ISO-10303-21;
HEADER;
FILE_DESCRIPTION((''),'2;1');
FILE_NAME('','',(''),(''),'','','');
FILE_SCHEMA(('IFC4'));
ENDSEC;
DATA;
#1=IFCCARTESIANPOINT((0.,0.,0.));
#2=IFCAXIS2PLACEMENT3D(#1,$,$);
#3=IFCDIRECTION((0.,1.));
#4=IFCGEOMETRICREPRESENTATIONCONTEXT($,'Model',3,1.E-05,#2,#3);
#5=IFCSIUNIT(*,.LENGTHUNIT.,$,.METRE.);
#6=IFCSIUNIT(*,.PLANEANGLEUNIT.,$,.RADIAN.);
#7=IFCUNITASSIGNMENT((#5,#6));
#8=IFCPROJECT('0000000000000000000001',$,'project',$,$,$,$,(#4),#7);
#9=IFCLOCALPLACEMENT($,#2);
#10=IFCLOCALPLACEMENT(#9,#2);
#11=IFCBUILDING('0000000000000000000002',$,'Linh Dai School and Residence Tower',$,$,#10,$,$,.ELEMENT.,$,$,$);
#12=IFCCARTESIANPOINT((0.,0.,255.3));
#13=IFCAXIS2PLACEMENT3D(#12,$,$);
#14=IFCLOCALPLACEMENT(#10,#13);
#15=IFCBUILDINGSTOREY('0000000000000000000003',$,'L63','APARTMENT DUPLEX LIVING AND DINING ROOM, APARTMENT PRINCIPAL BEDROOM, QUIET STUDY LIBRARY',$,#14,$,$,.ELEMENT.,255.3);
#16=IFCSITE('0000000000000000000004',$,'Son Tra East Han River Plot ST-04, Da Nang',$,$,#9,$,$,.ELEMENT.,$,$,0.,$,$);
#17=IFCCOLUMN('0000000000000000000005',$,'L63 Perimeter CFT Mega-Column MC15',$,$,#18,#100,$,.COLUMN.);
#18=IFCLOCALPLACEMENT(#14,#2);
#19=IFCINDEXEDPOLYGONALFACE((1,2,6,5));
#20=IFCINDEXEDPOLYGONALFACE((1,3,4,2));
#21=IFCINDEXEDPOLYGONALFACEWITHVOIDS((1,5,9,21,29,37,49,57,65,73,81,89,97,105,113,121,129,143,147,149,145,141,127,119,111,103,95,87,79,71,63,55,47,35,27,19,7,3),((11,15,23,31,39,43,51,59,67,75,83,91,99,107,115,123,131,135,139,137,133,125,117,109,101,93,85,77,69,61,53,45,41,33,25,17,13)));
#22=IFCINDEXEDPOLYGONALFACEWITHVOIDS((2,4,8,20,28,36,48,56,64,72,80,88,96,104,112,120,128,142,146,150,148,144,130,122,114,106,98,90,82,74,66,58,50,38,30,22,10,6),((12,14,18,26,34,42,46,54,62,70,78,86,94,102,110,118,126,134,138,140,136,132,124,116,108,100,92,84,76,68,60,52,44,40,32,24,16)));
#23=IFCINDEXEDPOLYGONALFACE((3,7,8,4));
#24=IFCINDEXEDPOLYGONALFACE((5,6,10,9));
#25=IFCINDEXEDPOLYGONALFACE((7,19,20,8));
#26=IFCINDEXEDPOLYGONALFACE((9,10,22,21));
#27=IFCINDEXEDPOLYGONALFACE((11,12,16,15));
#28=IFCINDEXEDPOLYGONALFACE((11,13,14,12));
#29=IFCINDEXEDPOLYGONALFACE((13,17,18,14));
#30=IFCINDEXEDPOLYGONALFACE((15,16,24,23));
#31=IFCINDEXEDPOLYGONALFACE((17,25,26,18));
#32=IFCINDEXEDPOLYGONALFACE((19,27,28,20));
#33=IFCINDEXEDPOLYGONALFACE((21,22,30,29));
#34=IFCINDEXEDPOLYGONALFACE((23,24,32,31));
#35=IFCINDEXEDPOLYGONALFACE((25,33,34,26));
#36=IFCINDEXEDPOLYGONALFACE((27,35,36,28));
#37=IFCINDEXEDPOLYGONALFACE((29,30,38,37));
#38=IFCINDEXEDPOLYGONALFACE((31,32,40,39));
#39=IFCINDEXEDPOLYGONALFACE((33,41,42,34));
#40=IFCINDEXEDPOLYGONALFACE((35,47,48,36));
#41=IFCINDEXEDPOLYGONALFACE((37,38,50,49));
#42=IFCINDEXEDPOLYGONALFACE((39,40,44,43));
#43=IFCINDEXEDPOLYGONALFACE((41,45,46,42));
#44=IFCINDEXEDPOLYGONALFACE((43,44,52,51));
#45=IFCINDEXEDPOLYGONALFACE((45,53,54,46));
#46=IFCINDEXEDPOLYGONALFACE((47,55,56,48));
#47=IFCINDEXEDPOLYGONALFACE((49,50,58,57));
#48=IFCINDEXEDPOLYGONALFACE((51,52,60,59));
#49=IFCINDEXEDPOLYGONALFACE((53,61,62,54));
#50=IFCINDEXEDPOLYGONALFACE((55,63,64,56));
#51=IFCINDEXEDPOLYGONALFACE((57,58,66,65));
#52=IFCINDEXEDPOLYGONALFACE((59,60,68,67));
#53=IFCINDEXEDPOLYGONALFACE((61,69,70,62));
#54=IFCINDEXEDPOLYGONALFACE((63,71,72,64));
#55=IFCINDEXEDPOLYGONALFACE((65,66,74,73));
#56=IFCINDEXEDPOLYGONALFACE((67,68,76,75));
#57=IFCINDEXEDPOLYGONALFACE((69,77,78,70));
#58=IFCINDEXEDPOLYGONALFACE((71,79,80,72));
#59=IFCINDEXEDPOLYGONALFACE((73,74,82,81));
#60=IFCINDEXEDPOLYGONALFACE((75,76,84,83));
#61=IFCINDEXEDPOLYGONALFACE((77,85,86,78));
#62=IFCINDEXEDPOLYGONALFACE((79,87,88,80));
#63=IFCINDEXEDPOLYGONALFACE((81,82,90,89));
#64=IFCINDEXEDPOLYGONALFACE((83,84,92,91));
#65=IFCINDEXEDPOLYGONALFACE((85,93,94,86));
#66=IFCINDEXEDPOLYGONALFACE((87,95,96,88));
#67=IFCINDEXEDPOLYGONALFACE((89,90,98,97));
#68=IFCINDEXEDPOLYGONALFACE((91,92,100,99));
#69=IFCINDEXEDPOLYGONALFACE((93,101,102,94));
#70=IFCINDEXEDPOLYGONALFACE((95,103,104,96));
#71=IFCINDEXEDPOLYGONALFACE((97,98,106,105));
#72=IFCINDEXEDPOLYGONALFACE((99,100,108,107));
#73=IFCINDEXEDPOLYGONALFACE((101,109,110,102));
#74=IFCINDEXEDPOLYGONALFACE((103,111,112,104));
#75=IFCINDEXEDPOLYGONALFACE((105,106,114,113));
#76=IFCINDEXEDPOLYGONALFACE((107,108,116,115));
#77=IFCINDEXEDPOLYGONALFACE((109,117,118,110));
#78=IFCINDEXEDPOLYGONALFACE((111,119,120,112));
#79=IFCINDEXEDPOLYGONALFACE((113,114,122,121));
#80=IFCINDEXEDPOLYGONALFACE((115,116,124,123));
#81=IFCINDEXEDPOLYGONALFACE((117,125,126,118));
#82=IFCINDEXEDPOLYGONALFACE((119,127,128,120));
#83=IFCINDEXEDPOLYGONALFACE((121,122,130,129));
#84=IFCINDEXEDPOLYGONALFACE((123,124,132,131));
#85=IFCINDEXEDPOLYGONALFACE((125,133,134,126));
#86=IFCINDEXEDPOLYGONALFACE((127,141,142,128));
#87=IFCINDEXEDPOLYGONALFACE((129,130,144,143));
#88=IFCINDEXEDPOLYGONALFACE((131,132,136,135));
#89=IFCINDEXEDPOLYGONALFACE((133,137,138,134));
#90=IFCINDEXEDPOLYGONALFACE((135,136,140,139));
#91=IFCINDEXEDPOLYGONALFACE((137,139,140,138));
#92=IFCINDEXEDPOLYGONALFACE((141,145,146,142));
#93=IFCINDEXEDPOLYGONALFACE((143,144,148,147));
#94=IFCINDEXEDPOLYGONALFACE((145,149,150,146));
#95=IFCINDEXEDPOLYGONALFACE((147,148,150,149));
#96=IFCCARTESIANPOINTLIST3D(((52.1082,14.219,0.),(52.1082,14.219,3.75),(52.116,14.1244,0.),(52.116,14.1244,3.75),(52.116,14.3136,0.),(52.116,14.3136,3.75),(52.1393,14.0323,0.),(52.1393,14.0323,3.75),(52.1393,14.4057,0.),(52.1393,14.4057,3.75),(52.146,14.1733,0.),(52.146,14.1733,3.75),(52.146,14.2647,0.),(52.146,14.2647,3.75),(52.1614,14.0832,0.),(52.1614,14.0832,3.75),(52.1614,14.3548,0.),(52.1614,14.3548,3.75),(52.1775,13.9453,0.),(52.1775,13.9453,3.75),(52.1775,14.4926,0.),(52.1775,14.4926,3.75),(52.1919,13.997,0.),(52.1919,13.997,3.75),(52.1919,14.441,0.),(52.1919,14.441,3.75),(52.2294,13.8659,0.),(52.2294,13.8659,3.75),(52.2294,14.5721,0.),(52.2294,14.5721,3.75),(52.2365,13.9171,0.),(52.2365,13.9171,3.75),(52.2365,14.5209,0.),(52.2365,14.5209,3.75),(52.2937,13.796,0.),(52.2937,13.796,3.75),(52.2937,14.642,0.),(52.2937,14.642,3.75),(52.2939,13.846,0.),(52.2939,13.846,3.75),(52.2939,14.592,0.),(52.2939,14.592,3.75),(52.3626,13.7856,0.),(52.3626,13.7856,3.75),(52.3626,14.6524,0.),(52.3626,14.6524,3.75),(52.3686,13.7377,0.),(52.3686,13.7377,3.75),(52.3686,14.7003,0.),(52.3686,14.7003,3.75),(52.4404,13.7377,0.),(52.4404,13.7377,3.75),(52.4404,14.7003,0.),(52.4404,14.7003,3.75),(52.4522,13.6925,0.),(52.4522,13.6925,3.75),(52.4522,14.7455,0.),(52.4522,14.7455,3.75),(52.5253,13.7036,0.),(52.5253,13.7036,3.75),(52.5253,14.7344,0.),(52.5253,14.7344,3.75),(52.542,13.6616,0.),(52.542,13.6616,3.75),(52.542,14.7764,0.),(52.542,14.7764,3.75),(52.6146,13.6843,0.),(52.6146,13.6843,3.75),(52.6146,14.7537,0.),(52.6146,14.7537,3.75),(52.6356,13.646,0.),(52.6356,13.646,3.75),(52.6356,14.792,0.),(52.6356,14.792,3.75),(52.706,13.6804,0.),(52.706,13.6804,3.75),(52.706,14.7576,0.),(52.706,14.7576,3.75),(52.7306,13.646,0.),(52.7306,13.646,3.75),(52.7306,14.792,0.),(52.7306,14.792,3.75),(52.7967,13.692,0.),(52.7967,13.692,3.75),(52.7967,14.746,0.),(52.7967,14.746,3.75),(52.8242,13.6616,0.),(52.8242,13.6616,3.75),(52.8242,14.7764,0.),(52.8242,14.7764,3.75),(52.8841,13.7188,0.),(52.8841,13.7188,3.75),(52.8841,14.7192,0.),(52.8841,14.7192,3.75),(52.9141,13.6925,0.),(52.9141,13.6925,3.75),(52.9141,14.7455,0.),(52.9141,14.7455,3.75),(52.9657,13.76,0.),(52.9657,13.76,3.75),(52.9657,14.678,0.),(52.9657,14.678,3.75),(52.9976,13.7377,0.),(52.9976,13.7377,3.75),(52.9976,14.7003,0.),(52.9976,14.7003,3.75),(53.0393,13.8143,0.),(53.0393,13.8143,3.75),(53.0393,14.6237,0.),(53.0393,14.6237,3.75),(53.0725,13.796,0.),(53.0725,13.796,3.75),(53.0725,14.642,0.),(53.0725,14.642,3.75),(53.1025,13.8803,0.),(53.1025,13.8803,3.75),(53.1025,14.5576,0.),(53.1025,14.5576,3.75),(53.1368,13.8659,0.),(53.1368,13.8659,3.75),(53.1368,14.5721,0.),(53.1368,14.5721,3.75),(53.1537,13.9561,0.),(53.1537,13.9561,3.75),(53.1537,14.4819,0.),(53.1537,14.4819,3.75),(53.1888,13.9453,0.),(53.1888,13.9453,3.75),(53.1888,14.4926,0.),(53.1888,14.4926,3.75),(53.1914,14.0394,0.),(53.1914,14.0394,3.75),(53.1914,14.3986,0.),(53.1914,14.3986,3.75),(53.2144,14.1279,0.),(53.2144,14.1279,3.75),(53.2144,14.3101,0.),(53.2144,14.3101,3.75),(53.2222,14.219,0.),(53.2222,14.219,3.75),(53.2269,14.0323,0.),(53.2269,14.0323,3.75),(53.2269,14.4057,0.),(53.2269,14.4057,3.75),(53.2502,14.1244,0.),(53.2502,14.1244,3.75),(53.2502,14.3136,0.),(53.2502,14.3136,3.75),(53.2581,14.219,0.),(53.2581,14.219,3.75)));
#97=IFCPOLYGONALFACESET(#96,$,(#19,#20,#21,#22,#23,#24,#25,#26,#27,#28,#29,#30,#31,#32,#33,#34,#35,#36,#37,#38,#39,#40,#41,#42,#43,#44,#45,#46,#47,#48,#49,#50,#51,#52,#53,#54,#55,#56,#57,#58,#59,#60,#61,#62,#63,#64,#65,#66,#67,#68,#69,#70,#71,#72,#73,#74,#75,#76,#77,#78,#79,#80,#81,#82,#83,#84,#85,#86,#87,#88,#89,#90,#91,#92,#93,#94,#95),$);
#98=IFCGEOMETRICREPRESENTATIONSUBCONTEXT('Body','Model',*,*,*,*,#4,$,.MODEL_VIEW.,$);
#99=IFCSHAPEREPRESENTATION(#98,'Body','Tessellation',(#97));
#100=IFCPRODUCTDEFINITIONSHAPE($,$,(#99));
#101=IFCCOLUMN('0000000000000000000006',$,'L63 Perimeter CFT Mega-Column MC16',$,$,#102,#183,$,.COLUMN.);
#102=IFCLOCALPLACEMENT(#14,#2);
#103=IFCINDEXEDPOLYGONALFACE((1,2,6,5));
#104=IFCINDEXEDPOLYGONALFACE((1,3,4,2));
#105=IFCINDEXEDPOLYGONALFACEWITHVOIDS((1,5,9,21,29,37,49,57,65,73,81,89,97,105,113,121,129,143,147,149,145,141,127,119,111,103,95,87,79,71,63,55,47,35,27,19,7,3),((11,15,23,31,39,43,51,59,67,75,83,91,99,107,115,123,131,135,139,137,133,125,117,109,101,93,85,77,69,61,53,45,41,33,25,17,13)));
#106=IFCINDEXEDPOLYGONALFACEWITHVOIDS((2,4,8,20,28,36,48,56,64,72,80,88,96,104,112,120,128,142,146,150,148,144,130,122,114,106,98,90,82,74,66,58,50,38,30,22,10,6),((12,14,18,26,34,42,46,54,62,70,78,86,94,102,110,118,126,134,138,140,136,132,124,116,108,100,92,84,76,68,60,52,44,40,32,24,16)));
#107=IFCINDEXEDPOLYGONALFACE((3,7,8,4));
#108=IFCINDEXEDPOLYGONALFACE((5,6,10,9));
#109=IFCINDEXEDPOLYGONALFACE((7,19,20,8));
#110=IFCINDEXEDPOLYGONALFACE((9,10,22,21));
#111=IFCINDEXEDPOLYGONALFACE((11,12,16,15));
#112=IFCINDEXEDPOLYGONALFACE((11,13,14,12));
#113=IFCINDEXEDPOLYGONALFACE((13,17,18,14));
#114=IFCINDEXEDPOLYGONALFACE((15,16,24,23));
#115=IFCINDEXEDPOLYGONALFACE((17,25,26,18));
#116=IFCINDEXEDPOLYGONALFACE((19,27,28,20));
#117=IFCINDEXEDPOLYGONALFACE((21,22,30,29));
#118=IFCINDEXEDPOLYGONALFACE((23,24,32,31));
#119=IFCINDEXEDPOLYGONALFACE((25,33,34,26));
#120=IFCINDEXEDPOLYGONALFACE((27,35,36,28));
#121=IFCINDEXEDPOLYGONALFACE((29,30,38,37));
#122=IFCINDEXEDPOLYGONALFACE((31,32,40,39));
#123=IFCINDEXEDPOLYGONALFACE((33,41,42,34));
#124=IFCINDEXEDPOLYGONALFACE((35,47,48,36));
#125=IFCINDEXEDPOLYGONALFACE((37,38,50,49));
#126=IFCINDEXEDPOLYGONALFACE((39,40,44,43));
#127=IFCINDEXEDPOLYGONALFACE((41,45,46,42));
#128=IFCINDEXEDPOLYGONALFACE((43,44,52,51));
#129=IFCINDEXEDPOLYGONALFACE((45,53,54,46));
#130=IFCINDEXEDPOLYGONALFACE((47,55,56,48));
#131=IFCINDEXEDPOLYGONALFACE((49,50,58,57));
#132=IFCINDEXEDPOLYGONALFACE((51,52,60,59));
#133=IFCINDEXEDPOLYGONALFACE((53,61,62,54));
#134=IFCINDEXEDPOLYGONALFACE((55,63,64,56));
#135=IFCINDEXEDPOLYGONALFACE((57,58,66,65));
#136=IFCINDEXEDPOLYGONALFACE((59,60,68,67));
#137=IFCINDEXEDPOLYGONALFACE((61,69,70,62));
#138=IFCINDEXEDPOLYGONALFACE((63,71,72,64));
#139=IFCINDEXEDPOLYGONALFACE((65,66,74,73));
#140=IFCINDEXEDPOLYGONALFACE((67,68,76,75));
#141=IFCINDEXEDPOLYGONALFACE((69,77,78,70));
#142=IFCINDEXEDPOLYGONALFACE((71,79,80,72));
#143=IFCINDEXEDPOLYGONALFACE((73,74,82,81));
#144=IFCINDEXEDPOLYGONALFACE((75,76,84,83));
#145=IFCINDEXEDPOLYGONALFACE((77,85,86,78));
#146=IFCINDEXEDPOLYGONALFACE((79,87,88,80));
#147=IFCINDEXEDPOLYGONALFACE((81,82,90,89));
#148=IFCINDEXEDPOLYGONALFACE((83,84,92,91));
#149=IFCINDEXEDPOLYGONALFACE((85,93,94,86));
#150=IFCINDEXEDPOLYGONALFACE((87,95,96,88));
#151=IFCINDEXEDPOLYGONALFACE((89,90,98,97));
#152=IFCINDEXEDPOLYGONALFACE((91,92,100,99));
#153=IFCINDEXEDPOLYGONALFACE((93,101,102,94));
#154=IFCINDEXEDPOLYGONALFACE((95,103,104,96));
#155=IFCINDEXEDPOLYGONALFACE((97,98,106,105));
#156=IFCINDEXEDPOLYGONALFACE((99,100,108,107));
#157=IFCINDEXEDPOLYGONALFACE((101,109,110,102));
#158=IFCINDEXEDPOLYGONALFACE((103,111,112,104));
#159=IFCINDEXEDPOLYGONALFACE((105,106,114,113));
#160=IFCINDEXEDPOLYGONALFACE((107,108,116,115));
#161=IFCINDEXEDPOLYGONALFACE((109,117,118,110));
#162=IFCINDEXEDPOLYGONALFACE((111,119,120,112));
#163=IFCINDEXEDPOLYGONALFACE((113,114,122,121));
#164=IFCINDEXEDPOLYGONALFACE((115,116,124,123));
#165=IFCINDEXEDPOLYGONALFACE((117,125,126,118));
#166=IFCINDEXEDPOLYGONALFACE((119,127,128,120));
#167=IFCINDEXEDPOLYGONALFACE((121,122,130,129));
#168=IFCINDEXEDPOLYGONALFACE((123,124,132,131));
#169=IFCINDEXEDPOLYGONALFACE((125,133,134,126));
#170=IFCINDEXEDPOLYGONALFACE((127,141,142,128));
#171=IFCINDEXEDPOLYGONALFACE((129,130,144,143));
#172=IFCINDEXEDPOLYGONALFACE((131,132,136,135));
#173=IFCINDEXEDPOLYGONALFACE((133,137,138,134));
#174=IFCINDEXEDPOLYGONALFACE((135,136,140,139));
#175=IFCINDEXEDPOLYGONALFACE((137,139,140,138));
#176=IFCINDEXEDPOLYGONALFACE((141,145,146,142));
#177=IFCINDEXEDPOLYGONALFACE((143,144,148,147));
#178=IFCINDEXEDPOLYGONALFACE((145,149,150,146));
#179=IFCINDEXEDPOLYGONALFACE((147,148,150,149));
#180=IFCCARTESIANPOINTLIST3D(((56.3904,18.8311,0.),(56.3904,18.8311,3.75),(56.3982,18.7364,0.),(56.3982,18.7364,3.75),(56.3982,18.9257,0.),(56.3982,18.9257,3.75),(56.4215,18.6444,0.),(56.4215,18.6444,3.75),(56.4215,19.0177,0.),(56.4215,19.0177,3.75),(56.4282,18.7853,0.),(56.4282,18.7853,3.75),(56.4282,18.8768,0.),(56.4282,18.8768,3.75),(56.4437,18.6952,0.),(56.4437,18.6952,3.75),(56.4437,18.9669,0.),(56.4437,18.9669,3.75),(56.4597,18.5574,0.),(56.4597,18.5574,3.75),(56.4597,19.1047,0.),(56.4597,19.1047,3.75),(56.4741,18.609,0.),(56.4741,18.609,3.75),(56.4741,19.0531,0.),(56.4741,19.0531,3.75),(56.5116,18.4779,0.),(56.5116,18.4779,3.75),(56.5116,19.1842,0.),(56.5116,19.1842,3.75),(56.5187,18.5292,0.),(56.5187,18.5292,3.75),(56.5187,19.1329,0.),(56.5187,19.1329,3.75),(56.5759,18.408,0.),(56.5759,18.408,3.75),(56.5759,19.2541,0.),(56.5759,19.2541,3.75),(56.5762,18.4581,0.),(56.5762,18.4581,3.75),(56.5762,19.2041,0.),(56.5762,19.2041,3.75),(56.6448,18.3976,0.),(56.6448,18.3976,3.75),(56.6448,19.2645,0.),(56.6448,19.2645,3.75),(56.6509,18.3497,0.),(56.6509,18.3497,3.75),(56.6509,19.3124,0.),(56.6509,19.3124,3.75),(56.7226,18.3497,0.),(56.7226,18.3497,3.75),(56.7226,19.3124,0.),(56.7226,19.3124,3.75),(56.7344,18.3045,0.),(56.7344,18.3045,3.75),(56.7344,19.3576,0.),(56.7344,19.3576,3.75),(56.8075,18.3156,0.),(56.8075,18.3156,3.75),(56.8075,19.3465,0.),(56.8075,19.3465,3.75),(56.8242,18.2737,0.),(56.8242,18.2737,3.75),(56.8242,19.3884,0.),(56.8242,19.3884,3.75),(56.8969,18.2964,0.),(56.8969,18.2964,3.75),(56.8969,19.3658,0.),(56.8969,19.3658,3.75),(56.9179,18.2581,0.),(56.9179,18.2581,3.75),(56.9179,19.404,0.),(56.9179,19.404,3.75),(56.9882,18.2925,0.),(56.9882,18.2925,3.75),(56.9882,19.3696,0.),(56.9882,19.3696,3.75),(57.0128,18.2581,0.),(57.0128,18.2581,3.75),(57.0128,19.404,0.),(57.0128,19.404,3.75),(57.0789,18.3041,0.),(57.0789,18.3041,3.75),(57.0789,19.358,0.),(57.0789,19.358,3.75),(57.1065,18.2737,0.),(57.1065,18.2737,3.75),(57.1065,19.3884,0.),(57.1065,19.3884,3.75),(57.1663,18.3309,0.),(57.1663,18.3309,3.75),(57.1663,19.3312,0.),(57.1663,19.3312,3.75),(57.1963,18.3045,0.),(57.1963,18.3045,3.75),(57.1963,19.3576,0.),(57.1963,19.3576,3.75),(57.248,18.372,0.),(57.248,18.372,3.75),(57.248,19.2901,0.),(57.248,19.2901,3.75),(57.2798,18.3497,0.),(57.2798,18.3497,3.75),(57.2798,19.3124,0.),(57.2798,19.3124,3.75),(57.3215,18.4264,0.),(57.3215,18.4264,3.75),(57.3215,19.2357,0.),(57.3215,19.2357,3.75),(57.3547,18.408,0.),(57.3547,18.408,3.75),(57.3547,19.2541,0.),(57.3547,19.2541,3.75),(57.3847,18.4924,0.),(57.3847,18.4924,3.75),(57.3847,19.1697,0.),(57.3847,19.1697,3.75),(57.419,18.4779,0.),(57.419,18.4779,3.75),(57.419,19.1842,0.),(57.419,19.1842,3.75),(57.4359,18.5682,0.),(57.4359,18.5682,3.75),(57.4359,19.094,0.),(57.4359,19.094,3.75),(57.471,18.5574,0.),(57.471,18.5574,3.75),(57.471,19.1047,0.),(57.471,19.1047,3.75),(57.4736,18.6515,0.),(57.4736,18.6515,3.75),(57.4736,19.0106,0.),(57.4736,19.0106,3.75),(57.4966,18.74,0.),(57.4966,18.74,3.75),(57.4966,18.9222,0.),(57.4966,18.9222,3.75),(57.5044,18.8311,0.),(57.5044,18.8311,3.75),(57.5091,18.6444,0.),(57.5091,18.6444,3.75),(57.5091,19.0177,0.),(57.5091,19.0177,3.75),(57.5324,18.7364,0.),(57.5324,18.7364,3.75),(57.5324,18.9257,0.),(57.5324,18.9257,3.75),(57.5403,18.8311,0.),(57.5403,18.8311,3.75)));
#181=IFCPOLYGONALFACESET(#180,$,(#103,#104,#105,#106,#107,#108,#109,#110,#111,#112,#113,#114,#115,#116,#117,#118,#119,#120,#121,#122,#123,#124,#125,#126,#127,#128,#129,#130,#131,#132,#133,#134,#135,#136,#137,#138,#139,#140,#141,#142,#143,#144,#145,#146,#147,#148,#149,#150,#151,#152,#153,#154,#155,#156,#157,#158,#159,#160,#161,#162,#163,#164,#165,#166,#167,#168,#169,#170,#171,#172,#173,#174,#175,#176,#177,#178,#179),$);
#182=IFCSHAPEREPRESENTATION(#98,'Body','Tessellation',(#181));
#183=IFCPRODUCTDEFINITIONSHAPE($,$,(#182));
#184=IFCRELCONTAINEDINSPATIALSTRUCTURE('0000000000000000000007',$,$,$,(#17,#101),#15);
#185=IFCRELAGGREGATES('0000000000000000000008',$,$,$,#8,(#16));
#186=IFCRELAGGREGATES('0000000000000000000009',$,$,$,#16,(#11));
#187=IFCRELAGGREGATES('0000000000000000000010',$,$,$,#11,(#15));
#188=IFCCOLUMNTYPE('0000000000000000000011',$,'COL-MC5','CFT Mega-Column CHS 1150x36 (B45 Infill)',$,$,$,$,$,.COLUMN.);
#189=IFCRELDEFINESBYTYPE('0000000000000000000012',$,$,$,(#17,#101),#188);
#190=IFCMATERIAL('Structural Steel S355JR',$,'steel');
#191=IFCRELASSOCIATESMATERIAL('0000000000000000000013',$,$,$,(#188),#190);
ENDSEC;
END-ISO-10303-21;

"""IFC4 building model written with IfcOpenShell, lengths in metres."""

from ifc_helpers import new_model, si_unit, direction, frame, origin, origin_2d, place, context, subcontext, project, spatial, hollow_circle, extrude, material, material_profile, profile_set, type_object, element, save


model = new_model("IFC4")

# Units and contexts
model_context = context("Model", 3, precision=1e-05, world=origin(), true_north=direction((0.0, 1.0)))
body_context = subcontext(model_context, "Body", "Model", "MODEL_VIEW")
ifc_project = project(units=[si_unit("LENGTHUNIT", "METRE"), si_unit("PLANEANGLEUNIT", "RADIAN")], contexts=[model_context])

# Site, building, storey
site_placement = place(None, origin())
site = spatial("IfcSite", under=ifc_project, at=site_placement, Name="Son Tra East Han River Plot ST-04, Da Nang", CompositionType="ELEMENT", RefElevation=0.0)
building_placement = place(site_placement, origin())
building = spatial("IfcBuilding", under=site, at=building_placement, Name="Linh Dai School and Residence Tower", CompositionType="ELEMENT")
storey_placement = place(building_placement, frame((0.0, 0.0, 255.3)))
storey = spatial("IfcBuildingStorey", under=building, at=storey_placement, Name="L63", Description="APARTMENT DUPLEX LIVING AND DINING ROOM, APARTMENT PRINCIPAL BEDROOM, QUIET STUDY LIBRARY", CompositionType="ELEMENT", Elevation=255.3)

# Columns
ifc_material_1 = material(Name="Structural Steel S355JR", Category="steel")
ifc_material_profile_1 = material_profile(ifc_material_1, hollow_circle(Radius=0.575, WallThickness=0.0359, at=origin_2d()), Name="CHS 1150x36")
ifc_profile_set_1 = profile_set([ifc_material_profile_1], Name="Structural Steel S355JR")
column_type = type_object("IfcColumnType", Name="COL-MC5", Description="CFT Mega-Column CHS 1150x36 (B45 Infill)", PredefinedType="COLUMN", material=ifc_profile_set_1)
for number, where, z_axis, x_axis, name in (
    (1, (52.6831, 14.219, 0.0), (0.0, 0.0, 1.0), (1.0, 0.0, 0.0), "L63 Perimeter CFT Mega-Column MC15"),
    (2, (56.9653, 18.8311, 0.0), (0.0, 0.0, 1.0), (1.0, 0.0, 0.0), "L63 Perimeter CFT Mega-Column MC16"),
):
    element("IfcColumn", number, at=place(storey_placement, frame(where, z_axis=z_axis, x_axis=x_axis)), inside=storey, type_object=column_type, Name=name, PredefinedType="COLUMN", context=body_context, shape_type="SweptSolid", body=[
        extrude(hollow_circle(Radius=0.575, WallThickness=0.0359, at=origin_2d()), origin(), (0.0, 0.0, 1.0), 3.75),
    ])

save(model, "model.ifc")
